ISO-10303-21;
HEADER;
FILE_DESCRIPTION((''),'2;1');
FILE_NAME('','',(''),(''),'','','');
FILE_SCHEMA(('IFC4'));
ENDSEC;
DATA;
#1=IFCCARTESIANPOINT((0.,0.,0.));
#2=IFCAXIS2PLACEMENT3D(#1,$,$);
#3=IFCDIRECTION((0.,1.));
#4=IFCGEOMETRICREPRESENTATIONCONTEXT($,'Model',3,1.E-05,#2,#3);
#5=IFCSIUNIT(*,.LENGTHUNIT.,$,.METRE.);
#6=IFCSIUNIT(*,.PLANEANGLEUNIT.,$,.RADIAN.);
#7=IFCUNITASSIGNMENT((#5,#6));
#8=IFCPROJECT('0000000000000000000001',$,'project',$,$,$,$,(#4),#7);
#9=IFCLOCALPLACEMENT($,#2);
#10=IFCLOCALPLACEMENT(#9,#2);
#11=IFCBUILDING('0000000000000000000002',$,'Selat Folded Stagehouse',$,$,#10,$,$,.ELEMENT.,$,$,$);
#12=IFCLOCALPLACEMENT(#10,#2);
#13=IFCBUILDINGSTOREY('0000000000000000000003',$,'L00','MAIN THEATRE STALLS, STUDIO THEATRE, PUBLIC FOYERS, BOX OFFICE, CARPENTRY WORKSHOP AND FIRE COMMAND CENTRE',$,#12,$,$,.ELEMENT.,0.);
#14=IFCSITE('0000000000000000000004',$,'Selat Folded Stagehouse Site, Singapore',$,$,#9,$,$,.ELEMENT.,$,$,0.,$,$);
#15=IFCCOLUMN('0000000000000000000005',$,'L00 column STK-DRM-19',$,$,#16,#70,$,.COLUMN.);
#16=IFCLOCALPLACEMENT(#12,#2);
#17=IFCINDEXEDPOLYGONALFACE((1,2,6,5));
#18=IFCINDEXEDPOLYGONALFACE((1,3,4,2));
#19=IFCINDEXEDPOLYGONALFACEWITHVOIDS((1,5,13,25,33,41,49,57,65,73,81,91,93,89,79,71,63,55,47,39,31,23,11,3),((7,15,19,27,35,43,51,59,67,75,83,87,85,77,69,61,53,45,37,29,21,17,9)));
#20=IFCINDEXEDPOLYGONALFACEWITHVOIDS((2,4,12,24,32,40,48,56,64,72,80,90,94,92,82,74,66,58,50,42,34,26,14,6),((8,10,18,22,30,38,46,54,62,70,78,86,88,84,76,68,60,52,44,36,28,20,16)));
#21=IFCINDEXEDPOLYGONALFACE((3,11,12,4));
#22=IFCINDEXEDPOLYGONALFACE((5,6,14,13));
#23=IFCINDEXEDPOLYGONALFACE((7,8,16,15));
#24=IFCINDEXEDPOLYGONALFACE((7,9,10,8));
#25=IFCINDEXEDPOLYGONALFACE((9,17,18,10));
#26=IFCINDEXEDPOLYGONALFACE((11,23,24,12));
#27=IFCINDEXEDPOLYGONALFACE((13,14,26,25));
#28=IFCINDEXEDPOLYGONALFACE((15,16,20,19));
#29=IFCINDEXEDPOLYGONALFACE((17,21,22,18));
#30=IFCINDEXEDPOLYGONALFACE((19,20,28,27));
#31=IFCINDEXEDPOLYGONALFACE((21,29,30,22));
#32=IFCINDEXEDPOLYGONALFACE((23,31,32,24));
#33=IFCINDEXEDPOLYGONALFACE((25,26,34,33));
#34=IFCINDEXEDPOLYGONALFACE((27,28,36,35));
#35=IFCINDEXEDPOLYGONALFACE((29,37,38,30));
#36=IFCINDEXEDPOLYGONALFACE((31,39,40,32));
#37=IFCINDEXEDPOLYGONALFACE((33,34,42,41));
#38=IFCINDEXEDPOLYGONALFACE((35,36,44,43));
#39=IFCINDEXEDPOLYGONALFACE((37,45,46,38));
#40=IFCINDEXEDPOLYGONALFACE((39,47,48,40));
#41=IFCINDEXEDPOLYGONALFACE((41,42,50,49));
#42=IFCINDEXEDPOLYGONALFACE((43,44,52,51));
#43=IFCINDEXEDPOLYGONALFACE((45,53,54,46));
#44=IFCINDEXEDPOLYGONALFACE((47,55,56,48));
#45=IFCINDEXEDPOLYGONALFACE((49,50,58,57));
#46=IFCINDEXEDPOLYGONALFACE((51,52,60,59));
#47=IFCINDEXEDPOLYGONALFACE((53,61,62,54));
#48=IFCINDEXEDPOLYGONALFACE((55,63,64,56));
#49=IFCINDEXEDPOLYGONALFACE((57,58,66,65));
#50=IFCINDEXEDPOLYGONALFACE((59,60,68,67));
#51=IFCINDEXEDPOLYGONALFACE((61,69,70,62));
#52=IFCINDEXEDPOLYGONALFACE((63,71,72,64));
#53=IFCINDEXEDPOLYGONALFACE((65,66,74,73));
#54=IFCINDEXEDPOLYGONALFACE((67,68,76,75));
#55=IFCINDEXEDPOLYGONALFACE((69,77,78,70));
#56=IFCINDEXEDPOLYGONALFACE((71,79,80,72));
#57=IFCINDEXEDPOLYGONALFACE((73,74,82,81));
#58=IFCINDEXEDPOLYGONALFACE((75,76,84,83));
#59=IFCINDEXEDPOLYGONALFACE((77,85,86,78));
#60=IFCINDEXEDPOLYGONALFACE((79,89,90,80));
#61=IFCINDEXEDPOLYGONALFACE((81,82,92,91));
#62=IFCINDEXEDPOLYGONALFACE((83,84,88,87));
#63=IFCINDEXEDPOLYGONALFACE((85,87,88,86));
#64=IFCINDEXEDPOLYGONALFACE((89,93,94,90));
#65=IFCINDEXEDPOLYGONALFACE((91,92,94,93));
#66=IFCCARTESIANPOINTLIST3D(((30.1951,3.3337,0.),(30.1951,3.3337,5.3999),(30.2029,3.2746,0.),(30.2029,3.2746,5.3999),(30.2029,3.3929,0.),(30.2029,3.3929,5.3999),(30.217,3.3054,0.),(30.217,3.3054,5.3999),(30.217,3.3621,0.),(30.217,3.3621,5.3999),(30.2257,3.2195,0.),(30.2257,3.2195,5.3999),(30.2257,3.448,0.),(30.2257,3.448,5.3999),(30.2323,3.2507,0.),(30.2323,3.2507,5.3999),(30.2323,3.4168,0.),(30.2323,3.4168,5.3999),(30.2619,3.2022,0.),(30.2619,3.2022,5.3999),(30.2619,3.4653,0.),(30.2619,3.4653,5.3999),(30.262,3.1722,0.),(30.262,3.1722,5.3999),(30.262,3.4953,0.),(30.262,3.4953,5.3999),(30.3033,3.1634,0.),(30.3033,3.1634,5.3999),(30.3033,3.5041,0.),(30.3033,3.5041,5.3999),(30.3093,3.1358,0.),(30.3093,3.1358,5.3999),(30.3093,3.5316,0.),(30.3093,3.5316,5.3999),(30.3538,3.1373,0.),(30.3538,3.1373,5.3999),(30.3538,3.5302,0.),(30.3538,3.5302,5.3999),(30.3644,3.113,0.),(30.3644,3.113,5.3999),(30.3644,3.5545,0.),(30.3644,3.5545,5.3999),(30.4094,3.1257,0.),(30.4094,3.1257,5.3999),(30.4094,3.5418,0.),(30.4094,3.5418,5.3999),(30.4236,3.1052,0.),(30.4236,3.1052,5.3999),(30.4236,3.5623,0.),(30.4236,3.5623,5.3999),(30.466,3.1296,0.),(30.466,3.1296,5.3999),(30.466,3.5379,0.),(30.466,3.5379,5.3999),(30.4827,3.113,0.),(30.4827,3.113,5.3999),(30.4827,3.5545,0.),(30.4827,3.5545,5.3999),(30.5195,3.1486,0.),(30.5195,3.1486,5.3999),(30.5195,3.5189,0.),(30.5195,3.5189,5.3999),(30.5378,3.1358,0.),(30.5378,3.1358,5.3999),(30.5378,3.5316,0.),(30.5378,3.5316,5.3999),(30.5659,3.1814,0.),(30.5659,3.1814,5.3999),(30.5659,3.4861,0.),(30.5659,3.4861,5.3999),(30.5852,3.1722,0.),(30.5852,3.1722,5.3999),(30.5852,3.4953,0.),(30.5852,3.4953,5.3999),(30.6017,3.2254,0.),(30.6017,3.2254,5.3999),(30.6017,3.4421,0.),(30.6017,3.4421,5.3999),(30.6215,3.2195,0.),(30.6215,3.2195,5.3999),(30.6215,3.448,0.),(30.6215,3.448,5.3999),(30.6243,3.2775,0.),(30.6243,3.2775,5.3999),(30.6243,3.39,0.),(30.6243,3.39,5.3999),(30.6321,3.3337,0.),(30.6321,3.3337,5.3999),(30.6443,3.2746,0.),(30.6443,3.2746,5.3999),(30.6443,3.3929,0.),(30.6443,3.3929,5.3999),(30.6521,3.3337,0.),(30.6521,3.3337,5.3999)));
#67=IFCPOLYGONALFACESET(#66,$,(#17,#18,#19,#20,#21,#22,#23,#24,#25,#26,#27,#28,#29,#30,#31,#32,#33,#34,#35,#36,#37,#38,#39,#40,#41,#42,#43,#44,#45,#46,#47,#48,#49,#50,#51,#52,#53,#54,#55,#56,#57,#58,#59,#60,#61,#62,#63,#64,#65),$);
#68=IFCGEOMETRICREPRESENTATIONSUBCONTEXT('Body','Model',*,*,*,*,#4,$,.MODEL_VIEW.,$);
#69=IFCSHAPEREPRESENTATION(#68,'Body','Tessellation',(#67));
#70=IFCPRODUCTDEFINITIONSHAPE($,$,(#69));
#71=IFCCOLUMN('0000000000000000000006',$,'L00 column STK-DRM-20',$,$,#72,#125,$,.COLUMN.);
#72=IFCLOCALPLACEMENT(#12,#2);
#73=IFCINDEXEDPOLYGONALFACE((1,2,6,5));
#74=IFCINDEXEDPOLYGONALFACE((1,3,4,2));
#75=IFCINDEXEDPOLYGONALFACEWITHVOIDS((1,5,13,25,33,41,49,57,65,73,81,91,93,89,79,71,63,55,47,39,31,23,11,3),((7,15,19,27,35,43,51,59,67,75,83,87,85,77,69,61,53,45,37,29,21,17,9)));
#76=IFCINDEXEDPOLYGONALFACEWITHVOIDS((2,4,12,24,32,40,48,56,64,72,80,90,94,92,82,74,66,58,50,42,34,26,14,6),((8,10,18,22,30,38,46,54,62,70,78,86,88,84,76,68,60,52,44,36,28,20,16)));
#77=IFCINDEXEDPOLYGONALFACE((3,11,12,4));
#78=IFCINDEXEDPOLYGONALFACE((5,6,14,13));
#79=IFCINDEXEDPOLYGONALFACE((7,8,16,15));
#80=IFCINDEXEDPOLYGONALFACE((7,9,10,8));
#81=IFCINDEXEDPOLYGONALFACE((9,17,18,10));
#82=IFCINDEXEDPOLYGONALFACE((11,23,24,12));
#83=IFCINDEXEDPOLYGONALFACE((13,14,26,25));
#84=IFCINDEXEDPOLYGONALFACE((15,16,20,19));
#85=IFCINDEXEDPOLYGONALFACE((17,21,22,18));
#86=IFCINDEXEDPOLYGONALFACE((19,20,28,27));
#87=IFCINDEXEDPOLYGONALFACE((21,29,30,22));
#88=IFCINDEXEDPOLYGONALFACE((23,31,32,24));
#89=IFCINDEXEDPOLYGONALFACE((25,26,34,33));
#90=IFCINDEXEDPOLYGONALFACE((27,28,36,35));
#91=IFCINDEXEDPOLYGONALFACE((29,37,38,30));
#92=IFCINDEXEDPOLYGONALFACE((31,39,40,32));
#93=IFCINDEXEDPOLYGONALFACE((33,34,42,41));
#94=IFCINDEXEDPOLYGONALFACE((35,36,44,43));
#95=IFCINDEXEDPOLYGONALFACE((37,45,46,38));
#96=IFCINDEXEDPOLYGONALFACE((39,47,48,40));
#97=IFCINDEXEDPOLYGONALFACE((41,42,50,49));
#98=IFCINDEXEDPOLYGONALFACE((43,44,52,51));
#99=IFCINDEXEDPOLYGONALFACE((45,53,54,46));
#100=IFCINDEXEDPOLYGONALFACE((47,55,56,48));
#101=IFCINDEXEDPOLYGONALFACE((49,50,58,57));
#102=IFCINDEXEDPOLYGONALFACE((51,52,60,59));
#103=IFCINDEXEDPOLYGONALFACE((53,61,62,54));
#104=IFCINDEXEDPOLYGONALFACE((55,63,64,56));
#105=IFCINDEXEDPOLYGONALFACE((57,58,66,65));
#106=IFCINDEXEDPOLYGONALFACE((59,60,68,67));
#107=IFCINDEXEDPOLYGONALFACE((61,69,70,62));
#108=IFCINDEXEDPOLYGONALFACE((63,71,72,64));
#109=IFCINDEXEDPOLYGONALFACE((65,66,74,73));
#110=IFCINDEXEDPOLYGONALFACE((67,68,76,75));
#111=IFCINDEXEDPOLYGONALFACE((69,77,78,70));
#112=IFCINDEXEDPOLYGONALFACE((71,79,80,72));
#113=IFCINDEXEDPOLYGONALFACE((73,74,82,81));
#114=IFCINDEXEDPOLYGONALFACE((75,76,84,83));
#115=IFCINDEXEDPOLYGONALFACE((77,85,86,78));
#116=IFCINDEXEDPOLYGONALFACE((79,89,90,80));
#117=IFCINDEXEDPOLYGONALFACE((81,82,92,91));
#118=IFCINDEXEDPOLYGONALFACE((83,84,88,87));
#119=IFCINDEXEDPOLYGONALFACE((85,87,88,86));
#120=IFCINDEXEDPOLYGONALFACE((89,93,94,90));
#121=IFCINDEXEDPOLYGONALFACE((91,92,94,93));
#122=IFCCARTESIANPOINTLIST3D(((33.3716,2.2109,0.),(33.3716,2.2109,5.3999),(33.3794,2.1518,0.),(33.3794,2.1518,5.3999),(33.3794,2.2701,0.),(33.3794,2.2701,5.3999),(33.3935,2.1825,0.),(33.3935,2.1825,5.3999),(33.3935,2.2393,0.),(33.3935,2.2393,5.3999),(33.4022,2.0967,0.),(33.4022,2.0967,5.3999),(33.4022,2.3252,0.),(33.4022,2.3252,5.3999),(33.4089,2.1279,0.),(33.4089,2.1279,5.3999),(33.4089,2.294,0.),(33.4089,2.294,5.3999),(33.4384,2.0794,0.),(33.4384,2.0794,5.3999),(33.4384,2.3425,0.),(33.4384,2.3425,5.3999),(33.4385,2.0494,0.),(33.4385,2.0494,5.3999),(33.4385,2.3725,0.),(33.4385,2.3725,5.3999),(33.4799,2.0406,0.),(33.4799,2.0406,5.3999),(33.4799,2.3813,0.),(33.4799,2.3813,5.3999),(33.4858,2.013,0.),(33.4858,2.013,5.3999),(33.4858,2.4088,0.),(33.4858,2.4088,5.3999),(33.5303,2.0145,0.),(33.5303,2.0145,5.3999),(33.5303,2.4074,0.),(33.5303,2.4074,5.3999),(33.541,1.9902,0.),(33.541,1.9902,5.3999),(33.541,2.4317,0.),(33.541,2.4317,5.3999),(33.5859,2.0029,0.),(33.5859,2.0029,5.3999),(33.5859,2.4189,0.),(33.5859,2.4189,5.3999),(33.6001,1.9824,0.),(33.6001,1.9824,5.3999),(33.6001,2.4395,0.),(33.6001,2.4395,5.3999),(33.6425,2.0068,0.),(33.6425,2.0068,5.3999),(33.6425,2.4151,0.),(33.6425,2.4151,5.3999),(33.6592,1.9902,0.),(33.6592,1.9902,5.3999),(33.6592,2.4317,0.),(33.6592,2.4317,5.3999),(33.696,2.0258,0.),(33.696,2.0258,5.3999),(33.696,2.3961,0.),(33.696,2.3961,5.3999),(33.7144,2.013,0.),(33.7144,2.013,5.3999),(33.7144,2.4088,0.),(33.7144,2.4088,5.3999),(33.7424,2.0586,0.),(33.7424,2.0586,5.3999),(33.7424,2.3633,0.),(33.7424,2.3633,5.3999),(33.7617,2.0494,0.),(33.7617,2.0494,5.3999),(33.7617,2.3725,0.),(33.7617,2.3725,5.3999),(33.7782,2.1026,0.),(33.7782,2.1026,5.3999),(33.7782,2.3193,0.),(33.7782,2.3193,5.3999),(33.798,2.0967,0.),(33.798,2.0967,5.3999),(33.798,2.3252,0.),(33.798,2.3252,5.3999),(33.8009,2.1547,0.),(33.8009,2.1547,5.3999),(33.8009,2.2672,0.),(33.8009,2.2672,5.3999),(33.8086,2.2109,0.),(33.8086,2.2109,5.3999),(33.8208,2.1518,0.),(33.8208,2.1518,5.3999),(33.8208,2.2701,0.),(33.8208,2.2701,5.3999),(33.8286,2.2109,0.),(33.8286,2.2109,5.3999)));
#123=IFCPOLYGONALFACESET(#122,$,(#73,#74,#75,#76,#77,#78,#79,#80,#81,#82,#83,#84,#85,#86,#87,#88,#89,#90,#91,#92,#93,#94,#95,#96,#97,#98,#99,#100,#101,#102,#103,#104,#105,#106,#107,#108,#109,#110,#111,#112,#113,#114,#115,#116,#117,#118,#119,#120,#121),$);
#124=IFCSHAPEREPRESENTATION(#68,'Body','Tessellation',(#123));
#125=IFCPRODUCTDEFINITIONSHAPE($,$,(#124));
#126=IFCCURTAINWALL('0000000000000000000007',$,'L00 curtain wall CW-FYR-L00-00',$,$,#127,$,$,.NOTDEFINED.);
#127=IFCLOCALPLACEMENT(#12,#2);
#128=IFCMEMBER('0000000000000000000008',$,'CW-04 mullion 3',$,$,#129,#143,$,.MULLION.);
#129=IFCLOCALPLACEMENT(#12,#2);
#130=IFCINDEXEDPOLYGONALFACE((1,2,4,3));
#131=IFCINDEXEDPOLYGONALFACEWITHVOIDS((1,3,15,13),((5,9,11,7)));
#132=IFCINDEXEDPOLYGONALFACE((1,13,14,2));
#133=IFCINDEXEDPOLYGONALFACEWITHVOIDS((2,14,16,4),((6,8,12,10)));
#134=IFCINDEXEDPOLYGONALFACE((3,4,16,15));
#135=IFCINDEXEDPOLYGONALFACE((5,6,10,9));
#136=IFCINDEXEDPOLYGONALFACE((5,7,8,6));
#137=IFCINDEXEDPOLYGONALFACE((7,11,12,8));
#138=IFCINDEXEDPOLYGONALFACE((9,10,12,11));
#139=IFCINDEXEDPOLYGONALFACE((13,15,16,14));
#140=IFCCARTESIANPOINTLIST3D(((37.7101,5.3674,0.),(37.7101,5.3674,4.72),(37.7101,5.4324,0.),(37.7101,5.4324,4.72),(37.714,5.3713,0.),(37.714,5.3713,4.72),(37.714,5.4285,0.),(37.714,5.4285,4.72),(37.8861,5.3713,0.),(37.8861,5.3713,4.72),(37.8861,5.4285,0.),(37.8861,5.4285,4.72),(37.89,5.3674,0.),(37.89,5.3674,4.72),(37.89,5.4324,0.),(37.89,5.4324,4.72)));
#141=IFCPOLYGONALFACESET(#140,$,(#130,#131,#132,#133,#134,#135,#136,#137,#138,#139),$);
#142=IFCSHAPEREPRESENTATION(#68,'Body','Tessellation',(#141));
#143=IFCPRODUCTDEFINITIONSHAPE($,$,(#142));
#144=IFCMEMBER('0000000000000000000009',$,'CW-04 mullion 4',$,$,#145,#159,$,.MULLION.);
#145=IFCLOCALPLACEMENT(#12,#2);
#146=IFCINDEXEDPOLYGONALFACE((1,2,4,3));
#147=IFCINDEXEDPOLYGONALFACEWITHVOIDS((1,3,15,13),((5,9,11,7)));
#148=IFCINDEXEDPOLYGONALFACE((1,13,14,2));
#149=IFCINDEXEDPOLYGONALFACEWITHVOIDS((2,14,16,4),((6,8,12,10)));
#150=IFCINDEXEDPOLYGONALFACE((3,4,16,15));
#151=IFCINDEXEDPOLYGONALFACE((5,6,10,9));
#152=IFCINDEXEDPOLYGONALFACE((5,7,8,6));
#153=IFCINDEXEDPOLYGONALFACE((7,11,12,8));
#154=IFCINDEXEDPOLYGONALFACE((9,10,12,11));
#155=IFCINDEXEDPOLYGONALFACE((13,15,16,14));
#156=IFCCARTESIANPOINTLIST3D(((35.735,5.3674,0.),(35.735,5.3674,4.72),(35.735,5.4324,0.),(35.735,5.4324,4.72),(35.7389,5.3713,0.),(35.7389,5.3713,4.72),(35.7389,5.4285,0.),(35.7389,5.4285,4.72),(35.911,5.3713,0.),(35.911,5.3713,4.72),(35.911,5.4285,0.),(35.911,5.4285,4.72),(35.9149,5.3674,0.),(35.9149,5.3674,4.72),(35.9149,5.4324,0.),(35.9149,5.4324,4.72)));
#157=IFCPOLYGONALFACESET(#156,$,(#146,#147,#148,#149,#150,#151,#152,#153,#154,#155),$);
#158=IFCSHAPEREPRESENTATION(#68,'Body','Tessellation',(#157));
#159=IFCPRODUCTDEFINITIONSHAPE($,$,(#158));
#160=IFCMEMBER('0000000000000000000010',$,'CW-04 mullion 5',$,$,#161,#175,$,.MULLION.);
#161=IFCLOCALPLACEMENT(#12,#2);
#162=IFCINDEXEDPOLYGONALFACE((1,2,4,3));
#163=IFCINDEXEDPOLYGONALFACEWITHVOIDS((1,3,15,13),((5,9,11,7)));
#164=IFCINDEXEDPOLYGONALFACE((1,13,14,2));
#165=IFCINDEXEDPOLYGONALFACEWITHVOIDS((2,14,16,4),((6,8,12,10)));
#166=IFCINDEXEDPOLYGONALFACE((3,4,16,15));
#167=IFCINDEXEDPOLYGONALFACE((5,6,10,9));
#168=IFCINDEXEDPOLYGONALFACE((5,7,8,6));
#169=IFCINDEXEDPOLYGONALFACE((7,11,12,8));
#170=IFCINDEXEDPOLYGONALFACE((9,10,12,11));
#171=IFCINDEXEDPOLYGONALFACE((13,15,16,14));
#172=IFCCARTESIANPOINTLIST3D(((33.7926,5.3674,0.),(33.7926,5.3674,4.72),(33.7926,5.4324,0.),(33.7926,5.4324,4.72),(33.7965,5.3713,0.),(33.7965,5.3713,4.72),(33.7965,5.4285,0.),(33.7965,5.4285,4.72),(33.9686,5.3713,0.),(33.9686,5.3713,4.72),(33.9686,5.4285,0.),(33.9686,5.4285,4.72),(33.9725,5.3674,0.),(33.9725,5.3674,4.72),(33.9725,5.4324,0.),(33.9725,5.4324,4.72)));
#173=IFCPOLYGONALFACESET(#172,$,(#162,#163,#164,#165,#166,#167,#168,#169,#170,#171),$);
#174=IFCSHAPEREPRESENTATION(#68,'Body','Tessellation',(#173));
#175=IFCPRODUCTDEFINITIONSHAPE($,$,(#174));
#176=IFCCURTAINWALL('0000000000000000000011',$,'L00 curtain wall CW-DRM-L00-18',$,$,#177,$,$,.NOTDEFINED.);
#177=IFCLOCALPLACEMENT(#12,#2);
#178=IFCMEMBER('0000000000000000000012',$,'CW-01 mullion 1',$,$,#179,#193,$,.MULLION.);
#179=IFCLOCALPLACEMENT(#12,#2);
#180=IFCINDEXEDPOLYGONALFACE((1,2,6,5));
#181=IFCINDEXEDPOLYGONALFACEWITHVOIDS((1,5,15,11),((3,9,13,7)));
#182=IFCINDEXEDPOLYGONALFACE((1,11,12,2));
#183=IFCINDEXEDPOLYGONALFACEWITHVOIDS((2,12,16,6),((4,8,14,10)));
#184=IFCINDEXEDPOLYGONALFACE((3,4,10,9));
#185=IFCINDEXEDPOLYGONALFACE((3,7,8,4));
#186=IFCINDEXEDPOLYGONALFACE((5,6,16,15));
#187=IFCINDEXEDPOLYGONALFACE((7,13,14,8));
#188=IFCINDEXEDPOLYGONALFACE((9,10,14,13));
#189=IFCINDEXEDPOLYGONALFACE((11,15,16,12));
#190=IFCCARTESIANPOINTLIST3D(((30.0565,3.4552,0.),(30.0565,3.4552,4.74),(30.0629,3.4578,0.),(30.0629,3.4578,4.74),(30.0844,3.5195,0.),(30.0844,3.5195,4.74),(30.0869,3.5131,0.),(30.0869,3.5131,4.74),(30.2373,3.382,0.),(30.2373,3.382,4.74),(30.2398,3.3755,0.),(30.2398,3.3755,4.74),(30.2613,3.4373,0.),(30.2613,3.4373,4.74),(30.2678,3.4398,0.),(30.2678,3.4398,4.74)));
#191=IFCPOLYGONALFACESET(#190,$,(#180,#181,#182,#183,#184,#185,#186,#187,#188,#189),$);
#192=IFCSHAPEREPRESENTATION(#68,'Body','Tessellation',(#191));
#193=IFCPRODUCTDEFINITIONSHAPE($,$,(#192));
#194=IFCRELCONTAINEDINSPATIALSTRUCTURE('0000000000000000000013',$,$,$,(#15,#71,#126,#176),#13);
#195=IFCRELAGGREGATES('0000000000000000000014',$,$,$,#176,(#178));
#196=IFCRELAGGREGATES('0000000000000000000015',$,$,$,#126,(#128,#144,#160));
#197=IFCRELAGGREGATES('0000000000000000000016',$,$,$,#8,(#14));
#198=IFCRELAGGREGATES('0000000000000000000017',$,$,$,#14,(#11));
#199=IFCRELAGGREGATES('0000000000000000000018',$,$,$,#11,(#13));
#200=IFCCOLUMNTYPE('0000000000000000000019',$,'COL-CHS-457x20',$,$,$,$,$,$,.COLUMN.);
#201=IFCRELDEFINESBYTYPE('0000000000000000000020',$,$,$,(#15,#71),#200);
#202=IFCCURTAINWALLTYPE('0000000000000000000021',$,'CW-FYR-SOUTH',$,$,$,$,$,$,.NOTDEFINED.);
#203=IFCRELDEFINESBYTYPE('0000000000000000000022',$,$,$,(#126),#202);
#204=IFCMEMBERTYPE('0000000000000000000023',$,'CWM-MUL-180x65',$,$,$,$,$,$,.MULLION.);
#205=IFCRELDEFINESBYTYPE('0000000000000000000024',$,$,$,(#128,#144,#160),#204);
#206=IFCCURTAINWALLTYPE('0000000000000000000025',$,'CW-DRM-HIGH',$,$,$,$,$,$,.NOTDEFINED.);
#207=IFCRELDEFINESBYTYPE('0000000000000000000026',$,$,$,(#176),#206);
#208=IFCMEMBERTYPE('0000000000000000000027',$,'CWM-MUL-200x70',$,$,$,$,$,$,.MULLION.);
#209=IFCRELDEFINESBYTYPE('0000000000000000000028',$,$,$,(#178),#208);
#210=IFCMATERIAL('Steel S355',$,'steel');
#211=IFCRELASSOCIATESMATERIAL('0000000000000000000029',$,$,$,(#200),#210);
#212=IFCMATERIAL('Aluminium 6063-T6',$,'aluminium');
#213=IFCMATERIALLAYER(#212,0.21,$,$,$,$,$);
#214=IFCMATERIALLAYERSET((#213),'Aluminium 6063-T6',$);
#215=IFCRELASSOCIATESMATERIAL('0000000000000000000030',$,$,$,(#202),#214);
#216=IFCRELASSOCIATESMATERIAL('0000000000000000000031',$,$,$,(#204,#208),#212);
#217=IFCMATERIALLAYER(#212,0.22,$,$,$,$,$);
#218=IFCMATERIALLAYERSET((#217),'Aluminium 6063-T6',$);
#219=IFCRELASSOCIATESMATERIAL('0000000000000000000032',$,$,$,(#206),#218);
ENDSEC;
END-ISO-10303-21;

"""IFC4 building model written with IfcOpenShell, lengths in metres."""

from ifc_helpers import new_model, si_unit, direction, frame, origin, origin_2d, place, context, subcontext, project, spatial, hollow_rectangle, hollow_circle, extrude, material, layer, layer_set, material_profile, profile_set, type_object, element, aggregate, save


model = new_model("IFC4")

# Units and contexts
model_context = context("Model", 3, precision=1e-05, world=origin(), true_north=direction((0.0, 1.0)))
body_context = subcontext(model_context, "Body", "Model", "MODEL_VIEW")
ifc_project = project(units=[si_unit("LENGTHUNIT", "METRE"), si_unit("PLANEANGLEUNIT", "RADIAN")], contexts=[model_context])

# Site, building, storey
site_placement = place(None, origin())
site = spatial("IfcSite", under=ifc_project, at=site_placement, Name="Selat Folded Stagehouse Site, Singapore", CompositionType="ELEMENT", RefElevation=0.0)
building_placement = place(site_placement, origin())
building = spatial("IfcBuilding", under=site, at=building_placement, Name="Selat Folded Stagehouse", CompositionType="ELEMENT")
storey_placement = place(building_placement, origin())
storey = spatial("IfcBuildingStorey", under=building, at=storey_placement, Name="L00", Description="MAIN THEATRE STALLS, STUDIO THEATRE, PUBLIC FOYERS, BOX OFFICE, CARPENTRY WORKSHOP AND FIRE COMMAND CENTRE", CompositionType="ELEMENT", Elevation=0.0)

# Columns
ifc_material_1 = material(Name="Steel S355", Category="steel")
ifc_material_profile_1 = material_profile(ifc_material_1, hollow_circle(Radius=0.2285, WallThickness=0.02, at=origin_2d()), Name="CHS 457.0x20.0")
ifc_profile_set_1 = profile_set([ifc_material_profile_1], Name="Steel S355")
column_type = type_object("IfcColumnType", Name="COL-CHS-457x20", PredefinedType="COLUMN", material=ifc_profile_set_1)
for number, where, z_axis, x_axis, name in (
    (1, (30.4236, 3.3337, 0.0), (0.0, 0.0, 1.0), (1.0, 0.0, 0.0), "L00 column STK-DRM-19"),
    (2, (33.6001, 2.2109, 0.0), (0.0, 0.0, 1.0), (1.0, 0.0, 0.0), "L00 column STK-DRM-20"),
):
    element("IfcColumn", number, at=place(storey_placement, frame(where, z_axis=z_axis, x_axis=x_axis)), inside=storey, type_object=column_type, Name=name, PredefinedType="COLUMN", context=body_context, shape_type="SweptSolid", body=[
        extrude(hollow_circle(Radius=0.2285, WallThickness=0.02, at=origin_2d()), origin(), (0.0, 0.0, 1.0), 5.3999),
    ])

# Curtain wall, members
ifc_material_2 = material(Name="Aluminium 6063-T6", Category="aluminium")
ifc_layer_1 = layer(ifc_material_2, 0.21)
ifc_layer_set_1 = layer_set([ifc_layer_1], Name="Aluminium 6063-T6")
curtain_wall_type_1 = type_object("IfcCurtainWallType", Name="CW-FYR-SOUTH", PredefinedType="NOTDEFINED", material=ifc_layer_set_1)
curtain_wall_1_placement = place(storey_placement, origin())
curtain_wall_1 = element("IfcCurtainWall", 3, at=curtain_wall_1_placement, inside=storey, type_object=curtain_wall_type_1, Name="L00 curtain wall CW-FYR-L00-00", PredefinedType="NOTDEFINED")
ifc_material_profile_2 = material_profile(ifc_material_2, hollow_rectangle(XDim=0.0649, YDim=0.1799, WallThickness=0.0039, at=origin_2d()), Name="ALU 180x65x4.0")
ifc_profile_set_2 = profile_set([ifc_material_profile_2], Name="Aluminium 6063-T6")
member_type_1 = type_object("IfcMemberType", Name="CWM-MUL-180x65", PredefinedType="MULLION", material=ifc_profile_set_2)
member_1_placement = place(storey_placement, frame((37.8, 5.3999, 0.0), z_axis=(0.0, 0.0, 1.0), x_axis=(0.0, -1.0, 0.0)))
member_1 = element("IfcMember", 4, at=member_1_placement, type_object=member_type_1, Name="CW-04 mullion 3", PredefinedType="MULLION", context=body_context, shape_type="SweptSolid", body=[
    extrude(hollow_rectangle(XDim=0.0649, YDim=0.1799, WallThickness=0.0039, at=origin_2d()), origin(), (0.0, 0.0, 1.0), 4.72),
])
member_2_placement = place(storey_placement, frame((35.825, 5.3999, 0.0), z_axis=(0.0, 0.0, 1.0), x_axis=(0.0, -1.0, 0.0)))
member_2 = element("IfcMember", 5, at=member_2_placement, type_object=member_type_1, Name="CW-04 mullion 4", PredefinedType="MULLION", context=body_context, shape_type="SweptSolid", body=[
    extrude(hollow_rectangle(XDim=0.0649, YDim=0.1799, WallThickness=0.0039, at=origin_2d()), origin(), (0.0, 0.0, 1.0), 4.72),
])
member_3_placement = place(storey_placement, frame((33.8826, 5.3999, 0.0), z_axis=(0.0, 0.0, 1.0), x_axis=(0.0, -1.0, 0.0)))
member_3 = element("IfcMember", 6, at=member_3_placement, type_object=member_type_1, Name="CW-04 mullion 5", PredefinedType="MULLION", context=body_context, shape_type="SweptSolid", body=[
    extrude(hollow_rectangle(XDim=0.0649, YDim=0.1799, WallThickness=0.0039, at=origin_2d()), origin(), (0.0, 0.0, 1.0), 4.72),
])

# Curtain wall, member
ifc_layer_2 = layer(ifc_material_2, 0.22)
ifc_layer_set_2 = layer_set([ifc_layer_2], Name="Aluminium 6063-T6")
curtain_wall_type_2 = type_object("IfcCurtainWallType", Name="CW-DRM-HIGH", PredefinedType="NOTDEFINED", material=ifc_layer_set_2)
curtain_wall_2_placement = place(storey_placement, origin())
curtain_wall_2 = element("IfcCurtainWall", 7, at=curtain_wall_2_placement, inside=storey, type_object=curtain_wall_type_2, Name="L00 curtain wall CW-DRM-L00-18", PredefinedType="NOTDEFINED")
ifc_material_profile_3 = material_profile(ifc_material_2, hollow_rectangle(XDim=0.0701, YDim=0.2, WallThickness=0.0049, at=origin_2d()), Name="ALU 200x70x5.0")
ifc_profile_set_3 = profile_set([ifc_material_profile_3], Name="Aluminium 6063-T6")
member_type_2 = type_object("IfcMemberType", Name="CWM-MUL-200x70", PredefinedType="MULLION", material=ifc_profile_set_3)
member_4_placement = place(storey_placement, frame((30.1621, 3.4475, 0.0), z_axis=(0.0, 0.0, 1.0), x_axis=(-0.39858, -0.917134, 0.0)))
member_4 = element("IfcMember", 8, at=member_4_placement, type_object=member_type_2, Name="CW-01 mullion 1", PredefinedType="MULLION", context=body_context, shape_type="SweptSolid", body=[
    extrude(hollow_rectangle(XDim=0.0701, YDim=0.2, WallThickness=0.0049, at=origin_2d()), origin(), (0.0, 0.0, 1.0), 4.74),
])

aggregate(curtain_wall_2, [member_4])

aggregate(curtain_wall_1, [member_1, member_2, member_3])

save(model, "model.ifc")
